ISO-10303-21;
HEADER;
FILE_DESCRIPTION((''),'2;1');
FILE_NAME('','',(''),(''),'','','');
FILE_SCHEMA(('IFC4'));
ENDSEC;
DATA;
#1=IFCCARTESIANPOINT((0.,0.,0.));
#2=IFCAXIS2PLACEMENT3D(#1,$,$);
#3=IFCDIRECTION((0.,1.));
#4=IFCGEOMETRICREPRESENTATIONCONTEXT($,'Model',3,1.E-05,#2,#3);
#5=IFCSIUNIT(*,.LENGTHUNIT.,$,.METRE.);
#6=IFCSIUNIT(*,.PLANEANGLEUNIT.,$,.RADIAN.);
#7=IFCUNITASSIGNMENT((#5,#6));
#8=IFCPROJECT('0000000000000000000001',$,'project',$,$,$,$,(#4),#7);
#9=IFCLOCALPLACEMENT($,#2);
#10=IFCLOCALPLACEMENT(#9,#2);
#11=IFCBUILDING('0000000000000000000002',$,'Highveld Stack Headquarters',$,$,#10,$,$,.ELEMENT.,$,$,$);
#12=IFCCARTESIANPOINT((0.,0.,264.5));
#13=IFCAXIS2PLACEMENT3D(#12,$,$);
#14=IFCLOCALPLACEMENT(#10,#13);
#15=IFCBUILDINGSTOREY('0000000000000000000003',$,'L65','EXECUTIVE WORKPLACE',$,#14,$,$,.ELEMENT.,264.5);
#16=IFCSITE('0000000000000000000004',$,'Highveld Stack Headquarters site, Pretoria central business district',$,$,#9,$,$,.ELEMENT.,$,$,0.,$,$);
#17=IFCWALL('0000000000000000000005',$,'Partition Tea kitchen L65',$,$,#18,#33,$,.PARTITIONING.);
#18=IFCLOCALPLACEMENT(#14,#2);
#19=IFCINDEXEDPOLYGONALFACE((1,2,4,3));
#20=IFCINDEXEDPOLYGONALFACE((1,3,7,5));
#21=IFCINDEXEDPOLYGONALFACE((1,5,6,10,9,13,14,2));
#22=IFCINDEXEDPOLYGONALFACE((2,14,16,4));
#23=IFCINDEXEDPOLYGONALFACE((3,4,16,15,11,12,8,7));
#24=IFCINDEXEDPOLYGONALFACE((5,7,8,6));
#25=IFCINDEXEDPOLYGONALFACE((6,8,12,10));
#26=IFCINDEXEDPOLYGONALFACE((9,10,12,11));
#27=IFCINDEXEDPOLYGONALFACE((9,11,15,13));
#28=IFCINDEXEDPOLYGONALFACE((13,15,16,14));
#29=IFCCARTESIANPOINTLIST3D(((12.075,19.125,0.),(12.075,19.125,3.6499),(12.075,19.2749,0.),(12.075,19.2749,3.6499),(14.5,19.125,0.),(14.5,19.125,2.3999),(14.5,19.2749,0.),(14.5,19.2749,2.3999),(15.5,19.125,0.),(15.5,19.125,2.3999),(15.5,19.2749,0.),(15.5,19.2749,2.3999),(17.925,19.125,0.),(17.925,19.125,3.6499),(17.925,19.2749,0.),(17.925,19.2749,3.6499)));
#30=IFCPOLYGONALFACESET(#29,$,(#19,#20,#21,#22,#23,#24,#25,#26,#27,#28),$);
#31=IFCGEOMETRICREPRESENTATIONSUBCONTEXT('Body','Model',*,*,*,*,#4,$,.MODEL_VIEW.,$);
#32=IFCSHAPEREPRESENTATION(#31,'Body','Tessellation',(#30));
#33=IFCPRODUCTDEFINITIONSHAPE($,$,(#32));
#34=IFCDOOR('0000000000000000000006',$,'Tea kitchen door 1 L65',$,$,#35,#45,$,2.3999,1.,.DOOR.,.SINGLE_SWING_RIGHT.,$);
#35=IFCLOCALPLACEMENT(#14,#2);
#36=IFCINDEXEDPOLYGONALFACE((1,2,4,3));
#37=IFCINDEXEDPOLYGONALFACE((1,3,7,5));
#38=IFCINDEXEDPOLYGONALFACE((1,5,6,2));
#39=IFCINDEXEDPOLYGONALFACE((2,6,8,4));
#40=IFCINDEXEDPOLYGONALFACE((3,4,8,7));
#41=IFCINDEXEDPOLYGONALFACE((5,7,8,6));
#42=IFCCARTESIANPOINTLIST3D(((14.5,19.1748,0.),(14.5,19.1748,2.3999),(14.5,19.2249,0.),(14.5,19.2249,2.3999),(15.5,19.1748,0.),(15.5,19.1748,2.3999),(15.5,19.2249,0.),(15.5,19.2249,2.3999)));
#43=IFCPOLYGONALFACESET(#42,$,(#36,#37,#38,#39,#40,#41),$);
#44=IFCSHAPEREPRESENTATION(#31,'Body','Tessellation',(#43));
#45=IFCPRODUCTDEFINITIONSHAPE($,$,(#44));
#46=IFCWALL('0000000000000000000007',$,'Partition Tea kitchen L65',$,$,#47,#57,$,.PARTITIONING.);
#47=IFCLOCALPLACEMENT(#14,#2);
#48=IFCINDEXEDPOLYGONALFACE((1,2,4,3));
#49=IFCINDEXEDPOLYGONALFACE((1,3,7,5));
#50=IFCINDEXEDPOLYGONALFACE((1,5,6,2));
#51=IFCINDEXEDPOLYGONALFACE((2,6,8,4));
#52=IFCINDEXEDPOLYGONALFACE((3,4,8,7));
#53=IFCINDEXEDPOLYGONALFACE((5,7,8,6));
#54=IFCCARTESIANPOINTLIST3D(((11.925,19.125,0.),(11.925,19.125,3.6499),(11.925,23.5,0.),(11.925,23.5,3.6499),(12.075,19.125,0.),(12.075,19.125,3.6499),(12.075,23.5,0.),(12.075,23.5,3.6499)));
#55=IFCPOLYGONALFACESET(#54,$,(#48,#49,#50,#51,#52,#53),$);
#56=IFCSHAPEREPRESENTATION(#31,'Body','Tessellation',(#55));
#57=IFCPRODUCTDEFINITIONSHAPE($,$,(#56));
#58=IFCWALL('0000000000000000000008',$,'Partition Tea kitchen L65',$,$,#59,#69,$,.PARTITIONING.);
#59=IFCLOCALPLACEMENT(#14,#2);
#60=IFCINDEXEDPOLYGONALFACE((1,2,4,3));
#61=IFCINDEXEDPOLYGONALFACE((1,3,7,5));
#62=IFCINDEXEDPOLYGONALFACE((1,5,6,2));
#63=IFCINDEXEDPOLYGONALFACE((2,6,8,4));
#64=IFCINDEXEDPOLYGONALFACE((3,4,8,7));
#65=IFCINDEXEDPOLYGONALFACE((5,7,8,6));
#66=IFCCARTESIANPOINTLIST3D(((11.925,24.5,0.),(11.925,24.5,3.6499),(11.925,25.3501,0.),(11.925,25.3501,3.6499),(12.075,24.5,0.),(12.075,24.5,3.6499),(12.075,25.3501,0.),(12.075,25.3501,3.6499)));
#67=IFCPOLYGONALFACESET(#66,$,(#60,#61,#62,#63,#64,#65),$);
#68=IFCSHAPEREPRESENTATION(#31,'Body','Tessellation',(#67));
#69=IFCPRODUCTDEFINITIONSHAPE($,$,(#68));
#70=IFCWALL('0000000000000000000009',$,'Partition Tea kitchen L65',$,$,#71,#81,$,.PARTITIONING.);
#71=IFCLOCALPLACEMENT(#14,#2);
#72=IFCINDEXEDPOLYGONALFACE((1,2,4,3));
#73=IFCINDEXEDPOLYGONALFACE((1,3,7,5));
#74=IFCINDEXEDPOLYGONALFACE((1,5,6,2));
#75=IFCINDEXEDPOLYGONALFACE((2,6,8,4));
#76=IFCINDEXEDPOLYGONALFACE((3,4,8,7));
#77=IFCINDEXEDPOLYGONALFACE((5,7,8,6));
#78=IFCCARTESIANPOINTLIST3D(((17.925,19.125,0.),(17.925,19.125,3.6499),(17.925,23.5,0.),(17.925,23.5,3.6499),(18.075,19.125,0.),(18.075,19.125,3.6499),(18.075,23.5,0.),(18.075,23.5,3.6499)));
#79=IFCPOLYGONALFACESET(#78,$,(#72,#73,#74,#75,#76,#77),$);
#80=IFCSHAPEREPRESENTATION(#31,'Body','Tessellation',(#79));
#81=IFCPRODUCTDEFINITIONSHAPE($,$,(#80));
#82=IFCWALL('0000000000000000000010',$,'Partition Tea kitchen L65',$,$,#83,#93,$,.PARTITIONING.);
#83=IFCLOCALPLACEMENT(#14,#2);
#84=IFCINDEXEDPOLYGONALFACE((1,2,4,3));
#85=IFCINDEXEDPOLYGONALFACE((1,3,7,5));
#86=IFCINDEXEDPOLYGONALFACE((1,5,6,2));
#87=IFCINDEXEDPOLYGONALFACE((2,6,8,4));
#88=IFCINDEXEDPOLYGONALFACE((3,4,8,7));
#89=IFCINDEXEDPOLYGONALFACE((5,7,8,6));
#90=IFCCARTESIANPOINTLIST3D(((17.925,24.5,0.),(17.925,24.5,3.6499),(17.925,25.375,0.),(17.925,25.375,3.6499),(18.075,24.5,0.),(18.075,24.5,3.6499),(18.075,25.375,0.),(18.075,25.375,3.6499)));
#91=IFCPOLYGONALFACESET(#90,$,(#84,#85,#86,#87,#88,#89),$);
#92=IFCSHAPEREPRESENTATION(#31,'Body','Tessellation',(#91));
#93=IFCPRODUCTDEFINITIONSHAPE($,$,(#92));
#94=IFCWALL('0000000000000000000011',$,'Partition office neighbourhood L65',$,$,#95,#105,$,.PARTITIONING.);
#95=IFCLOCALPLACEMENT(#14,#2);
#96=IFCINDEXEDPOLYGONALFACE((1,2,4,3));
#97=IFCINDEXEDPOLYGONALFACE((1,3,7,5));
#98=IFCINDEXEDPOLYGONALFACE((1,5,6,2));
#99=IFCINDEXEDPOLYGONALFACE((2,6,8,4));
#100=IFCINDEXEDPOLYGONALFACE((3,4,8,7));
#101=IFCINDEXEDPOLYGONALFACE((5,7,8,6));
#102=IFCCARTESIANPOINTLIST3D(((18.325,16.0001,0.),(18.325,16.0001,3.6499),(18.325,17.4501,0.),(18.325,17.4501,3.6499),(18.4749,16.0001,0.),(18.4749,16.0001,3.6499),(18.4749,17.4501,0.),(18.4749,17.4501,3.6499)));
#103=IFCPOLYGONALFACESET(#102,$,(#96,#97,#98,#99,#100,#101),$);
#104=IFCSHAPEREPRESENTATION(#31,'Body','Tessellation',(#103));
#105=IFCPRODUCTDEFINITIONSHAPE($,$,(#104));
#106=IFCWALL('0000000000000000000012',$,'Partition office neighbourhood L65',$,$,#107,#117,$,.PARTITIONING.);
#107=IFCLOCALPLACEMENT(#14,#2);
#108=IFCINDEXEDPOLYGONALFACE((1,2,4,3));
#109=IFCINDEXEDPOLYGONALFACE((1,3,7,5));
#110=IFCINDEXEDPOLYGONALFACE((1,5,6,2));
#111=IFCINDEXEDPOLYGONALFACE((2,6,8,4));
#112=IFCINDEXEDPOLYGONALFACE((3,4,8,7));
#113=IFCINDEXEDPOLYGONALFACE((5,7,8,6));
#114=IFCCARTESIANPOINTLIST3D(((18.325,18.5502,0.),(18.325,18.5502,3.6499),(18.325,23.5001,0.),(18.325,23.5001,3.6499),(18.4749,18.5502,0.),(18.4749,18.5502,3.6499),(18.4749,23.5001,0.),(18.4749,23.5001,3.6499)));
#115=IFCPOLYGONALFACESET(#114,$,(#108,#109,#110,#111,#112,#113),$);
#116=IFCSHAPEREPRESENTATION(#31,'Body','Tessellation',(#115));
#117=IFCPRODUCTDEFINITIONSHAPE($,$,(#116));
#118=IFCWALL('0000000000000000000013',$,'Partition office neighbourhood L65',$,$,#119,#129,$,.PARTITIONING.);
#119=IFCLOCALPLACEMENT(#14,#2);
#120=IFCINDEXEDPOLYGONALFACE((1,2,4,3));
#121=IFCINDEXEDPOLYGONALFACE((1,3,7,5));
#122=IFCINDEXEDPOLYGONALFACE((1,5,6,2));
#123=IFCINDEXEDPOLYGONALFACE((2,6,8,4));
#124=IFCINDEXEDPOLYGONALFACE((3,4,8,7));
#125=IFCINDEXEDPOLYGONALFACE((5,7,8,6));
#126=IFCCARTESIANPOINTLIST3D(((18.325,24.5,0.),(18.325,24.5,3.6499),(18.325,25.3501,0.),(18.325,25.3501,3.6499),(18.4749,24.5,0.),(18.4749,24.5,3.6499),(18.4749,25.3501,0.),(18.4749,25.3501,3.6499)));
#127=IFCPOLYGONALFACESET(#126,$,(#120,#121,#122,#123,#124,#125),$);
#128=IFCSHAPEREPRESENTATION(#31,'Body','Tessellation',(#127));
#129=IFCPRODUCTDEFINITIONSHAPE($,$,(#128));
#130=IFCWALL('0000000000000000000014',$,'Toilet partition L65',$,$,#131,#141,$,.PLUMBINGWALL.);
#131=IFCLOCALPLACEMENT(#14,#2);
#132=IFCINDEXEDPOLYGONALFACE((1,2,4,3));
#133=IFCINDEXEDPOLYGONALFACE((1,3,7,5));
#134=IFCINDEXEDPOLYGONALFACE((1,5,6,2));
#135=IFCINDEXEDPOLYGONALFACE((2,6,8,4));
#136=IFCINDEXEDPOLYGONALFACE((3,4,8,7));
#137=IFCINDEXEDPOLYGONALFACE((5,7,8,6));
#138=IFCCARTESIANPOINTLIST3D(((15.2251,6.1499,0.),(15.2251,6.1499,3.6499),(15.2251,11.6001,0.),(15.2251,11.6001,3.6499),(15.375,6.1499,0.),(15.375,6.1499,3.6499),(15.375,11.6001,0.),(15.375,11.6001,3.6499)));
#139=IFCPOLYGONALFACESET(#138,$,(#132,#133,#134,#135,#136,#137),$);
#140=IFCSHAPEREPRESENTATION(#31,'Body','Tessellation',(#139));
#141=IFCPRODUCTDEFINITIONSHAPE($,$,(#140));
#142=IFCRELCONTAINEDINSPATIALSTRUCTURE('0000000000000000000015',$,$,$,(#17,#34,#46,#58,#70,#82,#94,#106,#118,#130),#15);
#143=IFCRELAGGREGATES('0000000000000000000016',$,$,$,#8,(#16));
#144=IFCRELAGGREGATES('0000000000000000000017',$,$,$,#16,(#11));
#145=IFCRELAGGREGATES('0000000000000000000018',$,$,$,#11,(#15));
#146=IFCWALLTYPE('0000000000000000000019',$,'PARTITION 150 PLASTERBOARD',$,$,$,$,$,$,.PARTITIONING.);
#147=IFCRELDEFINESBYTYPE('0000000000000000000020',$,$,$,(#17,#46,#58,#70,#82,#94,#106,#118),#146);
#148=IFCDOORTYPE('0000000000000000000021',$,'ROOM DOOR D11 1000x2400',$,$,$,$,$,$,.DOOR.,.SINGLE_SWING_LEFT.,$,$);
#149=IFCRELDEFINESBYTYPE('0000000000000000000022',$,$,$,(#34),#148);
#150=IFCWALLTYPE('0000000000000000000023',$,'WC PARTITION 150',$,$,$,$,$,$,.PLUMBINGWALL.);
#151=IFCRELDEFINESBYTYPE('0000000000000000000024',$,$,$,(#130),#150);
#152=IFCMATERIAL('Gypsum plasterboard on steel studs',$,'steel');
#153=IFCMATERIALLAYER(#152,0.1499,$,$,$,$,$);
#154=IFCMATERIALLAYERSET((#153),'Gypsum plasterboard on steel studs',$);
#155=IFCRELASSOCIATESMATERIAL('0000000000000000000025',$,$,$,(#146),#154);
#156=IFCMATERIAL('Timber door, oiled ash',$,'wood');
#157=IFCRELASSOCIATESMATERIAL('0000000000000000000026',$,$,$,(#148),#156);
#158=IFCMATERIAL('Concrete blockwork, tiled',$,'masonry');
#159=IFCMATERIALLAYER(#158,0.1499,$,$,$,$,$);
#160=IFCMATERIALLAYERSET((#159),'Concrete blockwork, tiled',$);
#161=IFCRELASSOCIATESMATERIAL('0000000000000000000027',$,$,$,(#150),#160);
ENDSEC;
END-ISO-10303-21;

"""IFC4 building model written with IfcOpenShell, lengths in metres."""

from ifc_helpers import new_model, si_unit, direction, frame, frame_2d, origin, place, context, subcontext, project, spatial, rectangle, extrude, material, layer, layer_set, type_object, element, fill, save


model = new_model("IFC4")

# Units and contexts
model_context = context("Model", 3, precision=1e-05, world=origin(), true_north=direction((0.0, 1.0)))
body_context = subcontext(model_context, "Body", "Model", "MODEL_VIEW")
ifc_project = project(units=[si_unit("LENGTHUNIT", "METRE"), si_unit("PLANEANGLEUNIT", "RADIAN")], contexts=[model_context])

# Site, building, storey
site_placement = place(None, origin())
site = spatial("IfcSite", under=ifc_project, at=site_placement, Name="Highveld Stack Headquarters site, Pretoria central business district", CompositionType="ELEMENT", RefElevation=0.0)
building_placement = place(site_placement, origin())
building = spatial("IfcBuilding", under=site, at=building_placement, Name="Highveld Stack Headquarters", CompositionType="ELEMENT")
storey_placement = place(building_placement, frame((0.0, 0.0, 264.5)))
storey = spatial("IfcBuildingStorey", under=building, at=storey_placement, Name="L65", Description="EXECUTIVE WORKPLACE", CompositionType="ELEMENT", Elevation=264.5)

# Wall, opening, door
ifc_material_1 = material(Name="Gypsum plasterboard on steel studs", Category="steel")
ifc_layer_1 = layer(ifc_material_1, 0.1499)
ifc_layer_set_1 = layer_set([ifc_layer_1], Name="Gypsum plasterboard on steel studs")
wall_type_1 = type_object("IfcWallType", Name="PARTITION 150 PLASTERBOARD", PredefinedType="PARTITIONING", material=ifc_layer_set_1)
wall_1_placement = place(storey_placement, frame((12.075, 19.2, 0.0), z_axis=(0.0, 0.0, 1.0), x_axis=(1.0, 0.0, 0.0)))
wall_1 = element("IfcWall", 1, at=wall_1_placement, inside=storey, type_object=wall_type_1, Name="Partition Tea kitchen L65", PredefinedType="PARTITIONING", context=body_context, shape_type="SweptSolid", body=[
    extrude(rectangle(XDim=5.8501, YDim=0.1499, at=frame_2d((2.925, 0.0))), origin(), (0.0, 0.0, 1.0), 3.6499),
])
opening_placement = place(wall_1_placement, frame((2.425, 0.0, 0.0)))
opening = element("IfcOpeningElement", 2, at=opening_placement, cuts=wall_1, PredefinedType="OPENING", context=body_context, shape_type="SweptSolid", body=[
    extrude(rectangle(XDim=1.0, YDim=2.3999, at=frame_2d((0.5, 1.2))), frame((0.0, 0.085, 0.0), z_axis=(0.0, -1.0, 0.0), x_axis=(1.0, 0.0, 0.0)), (0.0, 0.0, 1.0), 0.1699),
])
ifc_material_2 = material(Name="Timber door, oiled ash", Category="wood")
door_type = type_object("IfcDoorType", Name="ROOM DOOR D11 1000x2400", OperationType="SINGLE_SWING_LEFT", PredefinedType="DOOR", material=ifc_material_2)
door_placement = place(opening_placement, origin())
door = element("IfcDoor", 3, at=door_placement, inside=storey, type_object=door_type, Name="Tea kitchen door 1 L65", OperationType="SINGLE_SWING_RIGHT", OverallHeight=2.3999, OverallWidth=1.0, PredefinedType="DOOR", context=body_context, shape_type="SweptSolid", body=[
    extrude(rectangle(XDim=1.0, YDim=2.3999, at=frame_2d((0.5, 1.2))), frame((0.0, 0.0249, 0.0), z_axis=(0.0, -1.0, 0.0), x_axis=(1.0, 0.0, 0.0)), (0.0, 0.0, 1.0), 0.05),
])
fill(opening, door)

# Walls
wall_2_placement = place(storey_placement, frame((12.0, 19.125, 0.0), z_axis=(0.0, 0.0, 1.0), x_axis=(0.0, 1.0, 0.0)))
element("IfcWall", 4, at=wall_2_placement, inside=storey, type_object=wall_type_1, Name="Partition Tea kitchen L65", PredefinedType="PARTITIONING", context=body_context, shape_type="SweptSolid", body=[
    extrude(rectangle(XDim=4.375, YDim=0.1499, at=frame_2d((2.1875, 0.0))), origin(), (0.0, 0.0, 1.0), 3.6499),
])
wall_3_placement = place(storey_placement, frame((12.0, 24.5, 0.0), z_axis=(0.0, 0.0, 1.0), x_axis=(0.0, 1.0, 0.0)))
element("IfcWall", 5, at=wall_3_placement, inside=storey, type_object=wall_type_1, Name="Partition Tea kitchen L65", PredefinedType="PARTITIONING", context=body_context, shape_type="SweptSolid", body=[
    extrude(rectangle(XDim=0.8501, YDim=0.1499, at=frame_2d((0.425, 0.0))), origin(), (0.0, 0.0, 1.0), 3.6499),
])
wall_4_placement = place(storey_placement, frame((18.0, 19.125, 0.0), z_axis=(0.0, 0.0, 1.0), x_axis=(0.0, 1.0, 0.0)))
element("IfcWall", 6, at=wall_4_placement, inside=storey, type_object=wall_type_1, Name="Partition Tea kitchen L65", PredefinedType="PARTITIONING", context=body_context, shape_type="SweptSolid", body=[
    extrude(rectangle(XDim=4.375, YDim=0.1499, at=frame_2d((2.1875, 0.0))), origin(), (0.0, 0.0, 1.0), 3.6499),
])
wall_5_placement = place(storey_placement, frame((18.0, 24.5, 0.0), z_axis=(0.0, 0.0, 1.0), x_axis=(0.0, 1.0, 0.0)))
element("IfcWall", 7, at=wall_5_placement, inside=storey, type_object=wall_type_1, Name="Partition Tea kitchen L65", PredefinedType="PARTITIONING", context=body_context, shape_type="SweptSolid", body=[
    extrude(rectangle(XDim=0.875, YDim=0.1499, at=frame_2d((0.4375, 0.0))), origin(), (0.0, 0.0, 1.0), 3.6499),
])
wall_6_placement = place(storey_placement, frame((18.3999, 16.0, 0.0), z_axis=(0.0, 0.0, 1.0), x_axis=(0.0, 1.0, 0.0)))
element("IfcWall", 8, at=wall_6_placement, inside=storey, type_object=wall_type_1, Name="Partition office neighbourhood L65", PredefinedType="PARTITIONING", context=body_context, shape_type="SweptSolid", body=[
    extrude(rectangle(XDim=1.45, YDim=0.1499, at=frame_2d((0.7251, 0.0))), origin(), (0.0, 0.0, 1.0), 3.6499),
])
wall_7_placement = place(storey_placement, frame((18.3999, 18.55, 0.0), z_axis=(0.0, 0.0, 1.0), x_axis=(0.0, 1.0, 0.0)))
element("IfcWall", 9, at=wall_7_placement, inside=storey, type_object=wall_type_1, Name="Partition office neighbourhood L65", PredefinedType="PARTITIONING", context=body_context, shape_type="SweptSolid", body=[
    extrude(rectangle(XDim=4.95, YDim=0.1499, at=frame_2d((2.4751, 0.0))), origin(), (0.0, 0.0, 1.0), 3.6499),
])
wall_8_placement = place(storey_placement, frame((18.3999, 24.5, 0.0), z_axis=(0.0, 0.0, 1.0), x_axis=(0.0, 1.0, 0.0)))
element("IfcWall", 10, at=wall_8_placement, inside=storey, type_object=wall_type_1, Name="Partition office neighbourhood L65", PredefinedType="PARTITIONING", context=body_context, shape_type="SweptSolid", body=[
    extrude(rectangle(XDim=0.8501, YDim=0.1499, at=frame_2d((0.425, 0.0))), origin(), (0.0, 0.0, 1.0), 3.6499),
])
ifc_material_3 = material(Name="Concrete blockwork, tiled", Category="masonry")
ifc_layer_2 = layer(ifc_material_3, 0.1499)
ifc_layer_set_2 = layer_set([ifc_layer_2], Name="Concrete blockwork, tiled")
wall_type_2 = type_object("IfcWallType", Name="WC PARTITION 150", PredefinedType="PLUMBINGWALL", material=ifc_layer_set_2)
wall_9_placement = place(storey_placement, frame((15.3, 6.1499, 0.0), z_axis=(0.0, 0.0, 1.0), x_axis=(0.0, 1.0, 0.0)))
element("IfcWall", 11, at=wall_9_placement, inside=storey, type_object=wall_type_2, Name="Toilet partition L65", PredefinedType="PLUMBINGWALL", context=body_context, shape_type="SweptSolid", body=[
    extrude(rectangle(XDim=5.4502, YDim=0.1499, at=frame_2d((2.7251, 0.0))), origin(), (0.0, 0.0, 1.0), 3.6499),
])

save(model, "model.ifc")
